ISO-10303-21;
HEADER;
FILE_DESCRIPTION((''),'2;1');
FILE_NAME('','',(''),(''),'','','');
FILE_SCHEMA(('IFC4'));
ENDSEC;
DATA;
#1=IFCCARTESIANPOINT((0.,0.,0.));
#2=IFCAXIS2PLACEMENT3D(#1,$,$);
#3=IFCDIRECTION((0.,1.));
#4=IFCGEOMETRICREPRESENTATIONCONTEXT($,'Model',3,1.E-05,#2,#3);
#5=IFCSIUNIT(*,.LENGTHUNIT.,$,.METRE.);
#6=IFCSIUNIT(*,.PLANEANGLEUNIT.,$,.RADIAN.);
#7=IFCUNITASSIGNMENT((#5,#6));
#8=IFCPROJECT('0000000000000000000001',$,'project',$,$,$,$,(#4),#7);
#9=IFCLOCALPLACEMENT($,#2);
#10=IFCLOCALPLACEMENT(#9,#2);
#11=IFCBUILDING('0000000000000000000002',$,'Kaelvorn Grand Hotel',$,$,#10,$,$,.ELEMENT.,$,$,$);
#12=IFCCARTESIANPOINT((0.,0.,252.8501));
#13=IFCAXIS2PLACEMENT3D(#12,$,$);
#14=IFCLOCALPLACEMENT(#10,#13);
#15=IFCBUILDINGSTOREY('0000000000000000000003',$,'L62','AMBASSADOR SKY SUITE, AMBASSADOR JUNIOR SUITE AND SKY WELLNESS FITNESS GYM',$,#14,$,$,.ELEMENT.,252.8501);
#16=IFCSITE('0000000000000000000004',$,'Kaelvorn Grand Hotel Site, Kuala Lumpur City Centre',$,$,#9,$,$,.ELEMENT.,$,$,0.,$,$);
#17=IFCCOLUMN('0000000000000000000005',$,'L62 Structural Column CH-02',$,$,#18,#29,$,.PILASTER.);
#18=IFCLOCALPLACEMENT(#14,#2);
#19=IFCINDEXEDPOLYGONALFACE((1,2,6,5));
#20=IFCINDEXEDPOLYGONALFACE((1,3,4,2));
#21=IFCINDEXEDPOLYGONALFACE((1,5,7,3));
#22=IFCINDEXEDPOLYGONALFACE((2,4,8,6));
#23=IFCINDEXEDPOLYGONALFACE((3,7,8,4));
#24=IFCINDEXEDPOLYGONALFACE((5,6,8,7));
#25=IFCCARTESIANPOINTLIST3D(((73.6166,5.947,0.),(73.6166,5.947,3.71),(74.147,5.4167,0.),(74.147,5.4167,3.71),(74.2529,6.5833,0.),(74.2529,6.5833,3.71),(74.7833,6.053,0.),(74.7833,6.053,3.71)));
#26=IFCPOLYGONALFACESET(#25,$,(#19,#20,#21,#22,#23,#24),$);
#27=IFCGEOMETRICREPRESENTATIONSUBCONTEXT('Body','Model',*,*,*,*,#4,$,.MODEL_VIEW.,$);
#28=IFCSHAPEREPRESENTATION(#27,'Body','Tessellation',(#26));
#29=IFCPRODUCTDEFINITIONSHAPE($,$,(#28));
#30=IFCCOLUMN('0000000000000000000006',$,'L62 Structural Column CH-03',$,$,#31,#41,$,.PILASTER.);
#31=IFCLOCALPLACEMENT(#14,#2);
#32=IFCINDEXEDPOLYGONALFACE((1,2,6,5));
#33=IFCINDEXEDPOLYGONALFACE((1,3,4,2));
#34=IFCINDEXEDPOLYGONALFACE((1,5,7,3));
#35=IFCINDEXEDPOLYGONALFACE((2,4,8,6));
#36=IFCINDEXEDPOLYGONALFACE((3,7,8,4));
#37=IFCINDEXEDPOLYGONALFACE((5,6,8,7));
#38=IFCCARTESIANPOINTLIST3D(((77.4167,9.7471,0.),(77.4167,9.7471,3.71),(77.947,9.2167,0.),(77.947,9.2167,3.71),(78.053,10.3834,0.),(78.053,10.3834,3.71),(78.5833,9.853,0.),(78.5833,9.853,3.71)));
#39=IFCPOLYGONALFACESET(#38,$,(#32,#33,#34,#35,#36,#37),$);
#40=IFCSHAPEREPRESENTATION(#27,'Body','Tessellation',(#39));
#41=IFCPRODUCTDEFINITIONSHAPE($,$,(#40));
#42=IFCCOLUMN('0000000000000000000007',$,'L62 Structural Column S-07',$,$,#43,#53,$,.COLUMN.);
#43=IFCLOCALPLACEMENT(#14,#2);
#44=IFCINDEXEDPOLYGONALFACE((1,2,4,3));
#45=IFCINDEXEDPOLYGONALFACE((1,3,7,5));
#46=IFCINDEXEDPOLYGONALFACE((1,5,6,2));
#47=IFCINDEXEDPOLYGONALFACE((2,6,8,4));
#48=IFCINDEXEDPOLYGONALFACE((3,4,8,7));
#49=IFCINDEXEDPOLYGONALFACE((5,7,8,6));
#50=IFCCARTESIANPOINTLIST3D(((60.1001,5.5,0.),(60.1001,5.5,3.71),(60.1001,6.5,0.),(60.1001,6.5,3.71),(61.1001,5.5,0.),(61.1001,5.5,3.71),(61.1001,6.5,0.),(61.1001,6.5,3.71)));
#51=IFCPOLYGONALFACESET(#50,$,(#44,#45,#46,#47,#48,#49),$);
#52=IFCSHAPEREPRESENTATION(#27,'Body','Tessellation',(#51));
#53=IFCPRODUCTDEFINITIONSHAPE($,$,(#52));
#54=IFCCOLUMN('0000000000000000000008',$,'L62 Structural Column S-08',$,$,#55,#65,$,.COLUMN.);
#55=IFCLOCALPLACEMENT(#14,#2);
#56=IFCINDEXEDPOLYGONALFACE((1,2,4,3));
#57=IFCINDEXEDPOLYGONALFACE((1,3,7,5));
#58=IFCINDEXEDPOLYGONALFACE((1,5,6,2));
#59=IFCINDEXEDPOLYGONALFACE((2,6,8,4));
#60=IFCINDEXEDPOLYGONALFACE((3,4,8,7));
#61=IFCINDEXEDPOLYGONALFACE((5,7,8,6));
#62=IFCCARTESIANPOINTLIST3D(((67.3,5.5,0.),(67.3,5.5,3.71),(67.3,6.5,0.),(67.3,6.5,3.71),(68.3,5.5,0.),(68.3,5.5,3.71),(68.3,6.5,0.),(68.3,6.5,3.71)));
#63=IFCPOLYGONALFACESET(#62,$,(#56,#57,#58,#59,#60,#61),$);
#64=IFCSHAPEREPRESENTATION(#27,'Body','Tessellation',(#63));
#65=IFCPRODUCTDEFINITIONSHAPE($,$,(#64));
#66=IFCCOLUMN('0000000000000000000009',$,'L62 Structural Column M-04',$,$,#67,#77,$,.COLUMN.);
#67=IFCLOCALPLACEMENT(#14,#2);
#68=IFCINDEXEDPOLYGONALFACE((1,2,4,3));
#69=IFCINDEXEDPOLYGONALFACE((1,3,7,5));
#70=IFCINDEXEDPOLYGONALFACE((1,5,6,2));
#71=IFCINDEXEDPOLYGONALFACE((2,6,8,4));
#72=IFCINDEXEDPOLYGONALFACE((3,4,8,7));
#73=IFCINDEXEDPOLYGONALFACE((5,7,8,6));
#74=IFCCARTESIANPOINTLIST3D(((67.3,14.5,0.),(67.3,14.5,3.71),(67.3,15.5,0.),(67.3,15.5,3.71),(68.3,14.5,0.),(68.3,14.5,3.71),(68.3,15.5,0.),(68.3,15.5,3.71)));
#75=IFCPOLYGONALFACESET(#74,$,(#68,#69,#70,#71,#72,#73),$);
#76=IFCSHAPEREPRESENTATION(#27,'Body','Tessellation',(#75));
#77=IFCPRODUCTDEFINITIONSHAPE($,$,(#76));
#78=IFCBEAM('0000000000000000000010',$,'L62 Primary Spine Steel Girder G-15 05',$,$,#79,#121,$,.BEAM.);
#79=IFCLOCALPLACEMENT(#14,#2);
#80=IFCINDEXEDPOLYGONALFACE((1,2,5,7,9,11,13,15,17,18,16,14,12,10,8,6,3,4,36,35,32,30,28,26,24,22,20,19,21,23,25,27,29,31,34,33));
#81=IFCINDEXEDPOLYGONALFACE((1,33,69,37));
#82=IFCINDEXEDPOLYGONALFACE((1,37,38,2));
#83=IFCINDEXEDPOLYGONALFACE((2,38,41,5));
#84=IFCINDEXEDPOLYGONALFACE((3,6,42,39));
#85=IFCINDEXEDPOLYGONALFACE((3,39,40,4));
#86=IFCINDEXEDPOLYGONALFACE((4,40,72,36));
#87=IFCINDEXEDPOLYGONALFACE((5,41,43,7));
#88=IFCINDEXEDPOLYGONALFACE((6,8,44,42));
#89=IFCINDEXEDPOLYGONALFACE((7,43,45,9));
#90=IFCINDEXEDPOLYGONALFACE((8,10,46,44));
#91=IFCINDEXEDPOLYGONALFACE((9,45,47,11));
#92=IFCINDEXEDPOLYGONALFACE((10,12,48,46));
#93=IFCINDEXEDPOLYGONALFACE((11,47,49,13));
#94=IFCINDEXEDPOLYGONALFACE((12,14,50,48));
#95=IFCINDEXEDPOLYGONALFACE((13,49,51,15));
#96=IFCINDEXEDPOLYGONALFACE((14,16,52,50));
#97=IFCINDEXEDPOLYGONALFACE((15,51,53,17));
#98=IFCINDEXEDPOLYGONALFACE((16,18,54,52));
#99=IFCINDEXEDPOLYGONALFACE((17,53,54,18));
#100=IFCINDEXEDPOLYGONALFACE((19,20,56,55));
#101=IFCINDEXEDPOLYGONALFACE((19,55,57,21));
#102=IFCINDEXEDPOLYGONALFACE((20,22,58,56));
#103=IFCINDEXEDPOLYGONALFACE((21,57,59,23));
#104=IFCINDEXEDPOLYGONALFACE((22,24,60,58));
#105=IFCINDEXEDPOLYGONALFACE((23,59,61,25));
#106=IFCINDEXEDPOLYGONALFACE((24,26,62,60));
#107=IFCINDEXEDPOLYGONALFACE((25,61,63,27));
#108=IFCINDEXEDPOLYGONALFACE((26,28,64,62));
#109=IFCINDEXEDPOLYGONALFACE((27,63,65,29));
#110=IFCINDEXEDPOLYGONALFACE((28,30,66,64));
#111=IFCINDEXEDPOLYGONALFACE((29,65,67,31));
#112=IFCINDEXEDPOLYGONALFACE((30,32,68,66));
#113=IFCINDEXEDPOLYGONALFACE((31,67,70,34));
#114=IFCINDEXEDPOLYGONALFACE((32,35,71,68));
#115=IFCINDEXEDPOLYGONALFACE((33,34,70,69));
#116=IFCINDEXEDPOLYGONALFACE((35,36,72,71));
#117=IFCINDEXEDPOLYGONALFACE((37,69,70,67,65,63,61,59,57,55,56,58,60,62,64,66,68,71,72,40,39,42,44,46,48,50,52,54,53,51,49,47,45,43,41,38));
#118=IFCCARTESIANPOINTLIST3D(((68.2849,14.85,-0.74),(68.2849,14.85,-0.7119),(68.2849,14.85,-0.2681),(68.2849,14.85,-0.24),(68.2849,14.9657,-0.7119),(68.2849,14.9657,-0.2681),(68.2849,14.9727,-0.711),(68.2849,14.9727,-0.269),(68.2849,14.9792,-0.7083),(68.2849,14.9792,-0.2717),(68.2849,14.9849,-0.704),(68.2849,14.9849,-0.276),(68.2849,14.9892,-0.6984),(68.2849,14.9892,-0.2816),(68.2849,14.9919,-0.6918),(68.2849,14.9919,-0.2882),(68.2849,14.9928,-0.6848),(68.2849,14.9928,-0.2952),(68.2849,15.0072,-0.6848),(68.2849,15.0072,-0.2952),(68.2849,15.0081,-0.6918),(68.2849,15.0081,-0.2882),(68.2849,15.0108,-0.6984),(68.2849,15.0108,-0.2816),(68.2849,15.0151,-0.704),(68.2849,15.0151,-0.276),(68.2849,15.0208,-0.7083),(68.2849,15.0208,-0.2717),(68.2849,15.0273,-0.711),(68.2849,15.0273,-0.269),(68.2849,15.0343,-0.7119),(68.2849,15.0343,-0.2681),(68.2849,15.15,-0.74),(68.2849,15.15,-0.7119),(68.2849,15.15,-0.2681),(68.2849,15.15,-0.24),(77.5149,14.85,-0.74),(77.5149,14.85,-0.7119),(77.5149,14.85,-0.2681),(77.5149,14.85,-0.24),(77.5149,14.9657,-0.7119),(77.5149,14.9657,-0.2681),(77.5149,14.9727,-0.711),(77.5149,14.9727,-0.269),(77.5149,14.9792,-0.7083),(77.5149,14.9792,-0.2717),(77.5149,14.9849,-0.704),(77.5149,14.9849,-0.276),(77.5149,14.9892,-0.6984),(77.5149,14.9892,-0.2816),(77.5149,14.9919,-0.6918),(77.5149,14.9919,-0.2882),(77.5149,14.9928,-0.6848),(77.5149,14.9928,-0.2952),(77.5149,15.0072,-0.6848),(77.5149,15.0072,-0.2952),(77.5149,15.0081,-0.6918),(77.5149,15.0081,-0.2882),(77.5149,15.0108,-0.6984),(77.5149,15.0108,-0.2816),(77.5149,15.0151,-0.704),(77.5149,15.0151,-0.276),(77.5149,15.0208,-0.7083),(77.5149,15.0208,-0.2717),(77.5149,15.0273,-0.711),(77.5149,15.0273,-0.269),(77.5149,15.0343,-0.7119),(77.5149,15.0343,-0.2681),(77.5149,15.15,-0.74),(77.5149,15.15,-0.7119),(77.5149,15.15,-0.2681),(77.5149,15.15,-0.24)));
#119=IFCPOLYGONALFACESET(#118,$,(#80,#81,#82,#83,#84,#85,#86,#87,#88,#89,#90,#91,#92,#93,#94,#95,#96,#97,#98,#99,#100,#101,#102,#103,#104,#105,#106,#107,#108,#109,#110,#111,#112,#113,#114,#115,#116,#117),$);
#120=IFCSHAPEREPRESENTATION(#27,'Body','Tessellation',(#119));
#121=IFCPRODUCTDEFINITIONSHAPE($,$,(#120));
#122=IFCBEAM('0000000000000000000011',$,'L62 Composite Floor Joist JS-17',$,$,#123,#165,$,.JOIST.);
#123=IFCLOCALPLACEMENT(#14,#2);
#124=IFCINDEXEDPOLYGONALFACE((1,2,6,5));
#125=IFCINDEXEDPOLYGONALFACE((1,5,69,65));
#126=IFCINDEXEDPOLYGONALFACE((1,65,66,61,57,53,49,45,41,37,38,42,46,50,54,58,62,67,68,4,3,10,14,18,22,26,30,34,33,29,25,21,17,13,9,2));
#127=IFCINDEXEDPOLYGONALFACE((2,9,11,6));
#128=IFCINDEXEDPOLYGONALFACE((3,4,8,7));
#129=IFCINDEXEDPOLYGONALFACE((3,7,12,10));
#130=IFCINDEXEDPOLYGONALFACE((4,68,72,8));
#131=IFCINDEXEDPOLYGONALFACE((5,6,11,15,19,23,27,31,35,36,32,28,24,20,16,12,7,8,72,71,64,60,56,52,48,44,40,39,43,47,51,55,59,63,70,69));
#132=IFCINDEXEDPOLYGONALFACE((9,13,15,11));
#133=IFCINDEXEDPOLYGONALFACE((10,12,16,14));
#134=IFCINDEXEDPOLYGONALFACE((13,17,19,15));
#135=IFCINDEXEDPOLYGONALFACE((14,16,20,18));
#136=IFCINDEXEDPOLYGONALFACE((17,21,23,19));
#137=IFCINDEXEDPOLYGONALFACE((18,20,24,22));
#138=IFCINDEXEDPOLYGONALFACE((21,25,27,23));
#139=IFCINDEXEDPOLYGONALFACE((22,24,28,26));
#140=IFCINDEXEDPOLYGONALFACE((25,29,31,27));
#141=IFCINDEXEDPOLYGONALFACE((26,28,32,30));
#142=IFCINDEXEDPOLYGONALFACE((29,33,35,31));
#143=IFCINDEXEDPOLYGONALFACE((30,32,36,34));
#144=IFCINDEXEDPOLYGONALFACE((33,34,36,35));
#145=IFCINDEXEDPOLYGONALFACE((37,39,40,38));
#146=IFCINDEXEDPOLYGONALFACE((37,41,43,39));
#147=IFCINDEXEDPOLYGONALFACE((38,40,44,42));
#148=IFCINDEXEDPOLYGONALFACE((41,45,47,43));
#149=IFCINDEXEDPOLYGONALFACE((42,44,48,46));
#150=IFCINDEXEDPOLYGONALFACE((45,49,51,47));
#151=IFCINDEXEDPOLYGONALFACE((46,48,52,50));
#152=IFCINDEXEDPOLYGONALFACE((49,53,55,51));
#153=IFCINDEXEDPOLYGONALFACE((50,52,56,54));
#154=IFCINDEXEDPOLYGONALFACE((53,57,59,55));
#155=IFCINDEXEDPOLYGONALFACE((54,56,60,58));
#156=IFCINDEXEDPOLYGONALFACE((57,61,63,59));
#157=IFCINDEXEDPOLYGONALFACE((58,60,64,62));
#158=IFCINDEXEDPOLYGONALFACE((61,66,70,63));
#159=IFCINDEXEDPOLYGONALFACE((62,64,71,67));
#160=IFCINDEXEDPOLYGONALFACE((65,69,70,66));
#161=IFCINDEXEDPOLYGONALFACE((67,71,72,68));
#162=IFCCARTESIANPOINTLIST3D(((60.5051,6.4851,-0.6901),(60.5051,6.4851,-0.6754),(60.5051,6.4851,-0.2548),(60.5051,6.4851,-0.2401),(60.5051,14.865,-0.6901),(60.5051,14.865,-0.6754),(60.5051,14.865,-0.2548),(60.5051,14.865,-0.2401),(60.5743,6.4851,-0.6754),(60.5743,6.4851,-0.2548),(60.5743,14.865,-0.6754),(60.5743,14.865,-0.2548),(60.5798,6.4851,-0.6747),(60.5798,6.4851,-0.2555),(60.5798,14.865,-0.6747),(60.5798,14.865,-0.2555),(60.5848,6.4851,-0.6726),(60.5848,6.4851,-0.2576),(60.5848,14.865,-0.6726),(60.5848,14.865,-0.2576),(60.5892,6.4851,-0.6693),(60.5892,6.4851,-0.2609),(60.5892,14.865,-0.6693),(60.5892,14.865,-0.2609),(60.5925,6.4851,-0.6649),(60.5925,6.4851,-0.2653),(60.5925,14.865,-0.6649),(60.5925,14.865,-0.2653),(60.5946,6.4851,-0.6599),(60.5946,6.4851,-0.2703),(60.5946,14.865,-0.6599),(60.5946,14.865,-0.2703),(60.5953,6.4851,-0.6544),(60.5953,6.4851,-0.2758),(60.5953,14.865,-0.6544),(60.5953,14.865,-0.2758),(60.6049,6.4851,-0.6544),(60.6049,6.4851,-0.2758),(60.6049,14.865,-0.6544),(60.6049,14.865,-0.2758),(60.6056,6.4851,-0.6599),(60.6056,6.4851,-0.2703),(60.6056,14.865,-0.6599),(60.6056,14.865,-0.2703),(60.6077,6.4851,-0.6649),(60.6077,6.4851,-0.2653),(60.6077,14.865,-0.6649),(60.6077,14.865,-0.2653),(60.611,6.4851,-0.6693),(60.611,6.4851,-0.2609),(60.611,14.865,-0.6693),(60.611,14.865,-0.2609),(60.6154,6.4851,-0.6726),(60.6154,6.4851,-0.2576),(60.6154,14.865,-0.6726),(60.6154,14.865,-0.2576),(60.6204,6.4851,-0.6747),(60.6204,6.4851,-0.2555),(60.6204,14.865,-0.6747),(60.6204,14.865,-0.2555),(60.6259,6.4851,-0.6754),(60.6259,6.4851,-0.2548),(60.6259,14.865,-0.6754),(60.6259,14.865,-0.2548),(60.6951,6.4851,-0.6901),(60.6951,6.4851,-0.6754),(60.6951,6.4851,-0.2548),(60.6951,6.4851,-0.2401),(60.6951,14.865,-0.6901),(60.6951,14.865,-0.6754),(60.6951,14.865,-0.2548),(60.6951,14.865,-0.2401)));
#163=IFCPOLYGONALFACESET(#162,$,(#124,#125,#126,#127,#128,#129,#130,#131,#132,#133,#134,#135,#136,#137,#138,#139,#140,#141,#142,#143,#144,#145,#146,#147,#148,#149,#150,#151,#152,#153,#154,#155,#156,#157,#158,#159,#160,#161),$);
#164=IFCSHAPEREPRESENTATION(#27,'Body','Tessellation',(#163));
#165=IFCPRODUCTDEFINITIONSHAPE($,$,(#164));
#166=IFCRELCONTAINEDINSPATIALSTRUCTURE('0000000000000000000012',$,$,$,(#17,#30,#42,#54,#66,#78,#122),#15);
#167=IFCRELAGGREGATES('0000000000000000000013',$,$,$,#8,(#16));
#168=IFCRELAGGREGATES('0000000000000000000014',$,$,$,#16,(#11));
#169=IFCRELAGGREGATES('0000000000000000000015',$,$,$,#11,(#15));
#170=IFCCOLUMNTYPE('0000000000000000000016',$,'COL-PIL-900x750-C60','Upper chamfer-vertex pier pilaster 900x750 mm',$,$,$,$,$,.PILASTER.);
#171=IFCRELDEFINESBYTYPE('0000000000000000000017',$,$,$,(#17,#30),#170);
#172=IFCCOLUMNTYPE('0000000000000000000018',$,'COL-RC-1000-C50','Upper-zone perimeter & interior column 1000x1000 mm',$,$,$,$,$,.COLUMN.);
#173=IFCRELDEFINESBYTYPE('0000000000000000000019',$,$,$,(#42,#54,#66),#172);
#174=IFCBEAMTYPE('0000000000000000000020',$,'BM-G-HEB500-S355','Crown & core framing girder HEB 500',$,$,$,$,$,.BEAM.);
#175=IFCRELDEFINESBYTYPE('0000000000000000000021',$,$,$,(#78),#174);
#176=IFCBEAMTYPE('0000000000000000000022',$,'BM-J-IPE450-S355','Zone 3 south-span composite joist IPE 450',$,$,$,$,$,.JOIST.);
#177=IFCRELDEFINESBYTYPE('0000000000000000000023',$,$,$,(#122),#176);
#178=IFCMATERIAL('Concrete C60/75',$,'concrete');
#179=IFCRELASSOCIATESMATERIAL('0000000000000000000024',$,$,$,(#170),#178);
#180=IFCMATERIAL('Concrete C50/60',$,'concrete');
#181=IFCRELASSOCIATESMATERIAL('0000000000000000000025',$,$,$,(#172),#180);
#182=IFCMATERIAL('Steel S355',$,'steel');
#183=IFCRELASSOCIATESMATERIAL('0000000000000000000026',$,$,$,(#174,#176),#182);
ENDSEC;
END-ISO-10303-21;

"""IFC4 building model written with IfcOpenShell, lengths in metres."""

from ifc_helpers import new_model, si_unit, direction, frame, origin, origin_2d, place, context, subcontext, project, spatial, rectangle, i_section, extrude, material, material_profile, profile_set, type_object, element, save


model = new_model("IFC4")

# Units and contexts
model_context = context("Model", 3, precision=1e-05, world=origin(), true_north=direction((0.0, 1.0)))
body_context = subcontext(model_context, "Body", "Model", "MODEL_VIEW")
ifc_project = project(units=[si_unit("LENGTHUNIT", "METRE"), si_unit("PLANEANGLEUNIT", "RADIAN")], contexts=[model_context])

# Site, building, storey
site_placement = place(None, origin())
site = spatial("IfcSite", under=ifc_project, at=site_placement, Name="Kaelvorn Grand Hotel Site, Kuala Lumpur City Centre", CompositionType="ELEMENT", RefElevation=0.0)
building_placement = place(site_placement, origin())
building = spatial("IfcBuilding", under=site, at=building_placement, Name="Kaelvorn Grand Hotel", CompositionType="ELEMENT")
storey_placement = place(building_placement, frame((0.0, 0.0, 252.8501)))
storey = spatial("IfcBuildingStorey", under=building, at=storey_placement, Name="L62", Description="AMBASSADOR SKY SUITE, AMBASSADOR JUNIOR SUITE AND SKY WELLNESS FITNESS GYM", CompositionType="ELEMENT", Elevation=252.8501)

# Columns
ifc_material_1 = material(Name="Concrete C60/75", Category="concrete")
ifc_material_profile_1 = material_profile(ifc_material_1, rectangle(XDim=0.8999, YDim=0.75, at=origin_2d()), Name="RC PILASTER 900x750")
ifc_profile_set_1 = profile_set([ifc_material_profile_1], Name="Concrete C60/75")
column_type_1 = type_object("IfcColumnType", Name="COL-PIL-900x750-C60", Description="Upper chamfer-vertex pier pilaster 900x750 mm", PredefinedType="PILASTER", material=ifc_profile_set_1)
for number, where, z_axis, x_axis, name in (
    (1, (74.2, 6.0, 0.0), (0.0, 0.0, 1.0), (0.707107, 0.707107, 0.0), "L62 Structural Column CH-02"),
    (2, (78.0, 9.8, 0.0), (0.0, 0.0, 1.0), (0.707107, 0.707107, 0.0), "L62 Structural Column CH-03"),
):
    element("IfcColumn", number, at=place(storey_placement, frame(where, z_axis=z_axis, x_axis=x_axis)), inside=storey, type_object=column_type_1, Name=name, PredefinedType="PILASTER", context=body_context, shape_type="SweptSolid", body=[
        extrude(rectangle(XDim=0.8999, YDim=0.75, at=origin_2d()), origin(), (0.0, 0.0, 1.0), 3.71),
    ])
ifc_material_2 = material(Name="Concrete C50/60", Category="concrete")
ifc_material_profile_2 = material_profile(ifc_material_2, rectangle(XDim=1.0, YDim=1.0, at=origin_2d()), Name="RC COL 1000x1000")
ifc_profile_set_2 = profile_set([ifc_material_profile_2], Name="Concrete C50/60")
column_type_2 = type_object("IfcColumnType", Name="COL-RC-1000-C50", Description="Upper-zone perimeter & interior column 1000x1000 mm", PredefinedType="COLUMN", material=ifc_profile_set_2)
for number, where, z_axis, x_axis, name in (
    (3, (60.6001, 6.0, 0.0), (0.0, 0.0, 1.0), (1.0, 0.0, 0.0), "L62 Structural Column S-07"),
    (4, (67.8, 6.0, 0.0), (0.0, 0.0, 1.0), (1.0, 0.0, 0.0), "L62 Structural Column S-08"),
    (5, (67.8, 15.0, 0.0), (0.0, 0.0, 1.0), (1.0, 0.0, 0.0), "L62 Structural Column M-04"),
):
    element("IfcColumn", number, at=place(storey_placement, frame(where, z_axis=z_axis, x_axis=x_axis)), inside=storey, type_object=column_type_2, Name=name, PredefinedType="COLUMN", context=body_context, shape_type="SweptSolid", body=[
        extrude(rectangle(XDim=1.0, YDim=1.0, at=origin_2d()), origin(), (0.0, 0.0, 1.0), 3.71),
    ])

# Beams
ifc_material_3 = material(Name="Steel S355", Category="steel")
ifc_material_profile_3 = material_profile(ifc_material_3, i_section(OverallWidth=0.3, OverallDepth=0.5, WebThickness=0.0144, FlangeThickness=0.0281, FilletRadius=0.0271, at=origin_2d()), Name="HEB 500")
ifc_profile_set_3 = profile_set([ifc_material_profile_3], Name="Steel S355")
beam_type_1 = type_object("IfcBeamType", Name="BM-G-HEB500-S355", Description="Crown & core framing girder HEB 500", PredefinedType="BEAM", material=ifc_profile_set_3)
beam_1_placement = place(storey_placement, frame((68.2849, 15.0, -0.49), z_axis=(1.0, 0.0, 0.0), x_axis=(0.0, 1.0, 0.0)))
element("IfcBeam", 6, at=beam_1_placement, inside=storey, type_object=beam_type_1, Name="L62 Primary Spine Steel Girder G-15 05", PredefinedType="BEAM", context=body_context, shape_type="SweptSolid", body=[
    extrude(i_section(OverallWidth=0.3, OverallDepth=0.5, WebThickness=0.0144, FlangeThickness=0.0281, FilletRadius=0.0271, at=origin_2d()), origin(), (0.0, 0.0, 1.0), 9.23),
])
ifc_material_profile_4 = material_profile(ifc_material_3, i_section(OverallWidth=0.1899, OverallDepth=0.45, WebThickness=0.0095, FlangeThickness=0.0146, FilletRadius=0.021, at=origin_2d()), Name="IPE 450")
ifc_profile_set_4 = profile_set([ifc_material_profile_4], Name="Steel S355")
beam_type_2 = type_object("IfcBeamType", Name="BM-J-IPE450-S355", Description="Zone 3 south-span composite joist IPE 450", PredefinedType="JOIST", material=ifc_profile_set_4)
beam_2_placement = place(storey_placement, frame((60.6001, 6.4851, -0.4651), z_axis=(0.0, 1.0, 0.0), x_axis=(-1.0, 0.0, 0.0)))
element("IfcBeam", 7, at=beam_2_placement, inside=storey, type_object=beam_type_2, Name="L62 Composite Floor Joist JS-17", PredefinedType="JOIST", context=body_context, shape_type="SweptSolid", body=[
    extrude(i_section(OverallWidth=0.1899, OverallDepth=0.45, WebThickness=0.0095, FlangeThickness=0.0146, FilletRadius=0.021, at=origin_2d()), origin(), (0.0, 0.0, 1.0), 8.3799),
])

save(model, "model.ifc")
